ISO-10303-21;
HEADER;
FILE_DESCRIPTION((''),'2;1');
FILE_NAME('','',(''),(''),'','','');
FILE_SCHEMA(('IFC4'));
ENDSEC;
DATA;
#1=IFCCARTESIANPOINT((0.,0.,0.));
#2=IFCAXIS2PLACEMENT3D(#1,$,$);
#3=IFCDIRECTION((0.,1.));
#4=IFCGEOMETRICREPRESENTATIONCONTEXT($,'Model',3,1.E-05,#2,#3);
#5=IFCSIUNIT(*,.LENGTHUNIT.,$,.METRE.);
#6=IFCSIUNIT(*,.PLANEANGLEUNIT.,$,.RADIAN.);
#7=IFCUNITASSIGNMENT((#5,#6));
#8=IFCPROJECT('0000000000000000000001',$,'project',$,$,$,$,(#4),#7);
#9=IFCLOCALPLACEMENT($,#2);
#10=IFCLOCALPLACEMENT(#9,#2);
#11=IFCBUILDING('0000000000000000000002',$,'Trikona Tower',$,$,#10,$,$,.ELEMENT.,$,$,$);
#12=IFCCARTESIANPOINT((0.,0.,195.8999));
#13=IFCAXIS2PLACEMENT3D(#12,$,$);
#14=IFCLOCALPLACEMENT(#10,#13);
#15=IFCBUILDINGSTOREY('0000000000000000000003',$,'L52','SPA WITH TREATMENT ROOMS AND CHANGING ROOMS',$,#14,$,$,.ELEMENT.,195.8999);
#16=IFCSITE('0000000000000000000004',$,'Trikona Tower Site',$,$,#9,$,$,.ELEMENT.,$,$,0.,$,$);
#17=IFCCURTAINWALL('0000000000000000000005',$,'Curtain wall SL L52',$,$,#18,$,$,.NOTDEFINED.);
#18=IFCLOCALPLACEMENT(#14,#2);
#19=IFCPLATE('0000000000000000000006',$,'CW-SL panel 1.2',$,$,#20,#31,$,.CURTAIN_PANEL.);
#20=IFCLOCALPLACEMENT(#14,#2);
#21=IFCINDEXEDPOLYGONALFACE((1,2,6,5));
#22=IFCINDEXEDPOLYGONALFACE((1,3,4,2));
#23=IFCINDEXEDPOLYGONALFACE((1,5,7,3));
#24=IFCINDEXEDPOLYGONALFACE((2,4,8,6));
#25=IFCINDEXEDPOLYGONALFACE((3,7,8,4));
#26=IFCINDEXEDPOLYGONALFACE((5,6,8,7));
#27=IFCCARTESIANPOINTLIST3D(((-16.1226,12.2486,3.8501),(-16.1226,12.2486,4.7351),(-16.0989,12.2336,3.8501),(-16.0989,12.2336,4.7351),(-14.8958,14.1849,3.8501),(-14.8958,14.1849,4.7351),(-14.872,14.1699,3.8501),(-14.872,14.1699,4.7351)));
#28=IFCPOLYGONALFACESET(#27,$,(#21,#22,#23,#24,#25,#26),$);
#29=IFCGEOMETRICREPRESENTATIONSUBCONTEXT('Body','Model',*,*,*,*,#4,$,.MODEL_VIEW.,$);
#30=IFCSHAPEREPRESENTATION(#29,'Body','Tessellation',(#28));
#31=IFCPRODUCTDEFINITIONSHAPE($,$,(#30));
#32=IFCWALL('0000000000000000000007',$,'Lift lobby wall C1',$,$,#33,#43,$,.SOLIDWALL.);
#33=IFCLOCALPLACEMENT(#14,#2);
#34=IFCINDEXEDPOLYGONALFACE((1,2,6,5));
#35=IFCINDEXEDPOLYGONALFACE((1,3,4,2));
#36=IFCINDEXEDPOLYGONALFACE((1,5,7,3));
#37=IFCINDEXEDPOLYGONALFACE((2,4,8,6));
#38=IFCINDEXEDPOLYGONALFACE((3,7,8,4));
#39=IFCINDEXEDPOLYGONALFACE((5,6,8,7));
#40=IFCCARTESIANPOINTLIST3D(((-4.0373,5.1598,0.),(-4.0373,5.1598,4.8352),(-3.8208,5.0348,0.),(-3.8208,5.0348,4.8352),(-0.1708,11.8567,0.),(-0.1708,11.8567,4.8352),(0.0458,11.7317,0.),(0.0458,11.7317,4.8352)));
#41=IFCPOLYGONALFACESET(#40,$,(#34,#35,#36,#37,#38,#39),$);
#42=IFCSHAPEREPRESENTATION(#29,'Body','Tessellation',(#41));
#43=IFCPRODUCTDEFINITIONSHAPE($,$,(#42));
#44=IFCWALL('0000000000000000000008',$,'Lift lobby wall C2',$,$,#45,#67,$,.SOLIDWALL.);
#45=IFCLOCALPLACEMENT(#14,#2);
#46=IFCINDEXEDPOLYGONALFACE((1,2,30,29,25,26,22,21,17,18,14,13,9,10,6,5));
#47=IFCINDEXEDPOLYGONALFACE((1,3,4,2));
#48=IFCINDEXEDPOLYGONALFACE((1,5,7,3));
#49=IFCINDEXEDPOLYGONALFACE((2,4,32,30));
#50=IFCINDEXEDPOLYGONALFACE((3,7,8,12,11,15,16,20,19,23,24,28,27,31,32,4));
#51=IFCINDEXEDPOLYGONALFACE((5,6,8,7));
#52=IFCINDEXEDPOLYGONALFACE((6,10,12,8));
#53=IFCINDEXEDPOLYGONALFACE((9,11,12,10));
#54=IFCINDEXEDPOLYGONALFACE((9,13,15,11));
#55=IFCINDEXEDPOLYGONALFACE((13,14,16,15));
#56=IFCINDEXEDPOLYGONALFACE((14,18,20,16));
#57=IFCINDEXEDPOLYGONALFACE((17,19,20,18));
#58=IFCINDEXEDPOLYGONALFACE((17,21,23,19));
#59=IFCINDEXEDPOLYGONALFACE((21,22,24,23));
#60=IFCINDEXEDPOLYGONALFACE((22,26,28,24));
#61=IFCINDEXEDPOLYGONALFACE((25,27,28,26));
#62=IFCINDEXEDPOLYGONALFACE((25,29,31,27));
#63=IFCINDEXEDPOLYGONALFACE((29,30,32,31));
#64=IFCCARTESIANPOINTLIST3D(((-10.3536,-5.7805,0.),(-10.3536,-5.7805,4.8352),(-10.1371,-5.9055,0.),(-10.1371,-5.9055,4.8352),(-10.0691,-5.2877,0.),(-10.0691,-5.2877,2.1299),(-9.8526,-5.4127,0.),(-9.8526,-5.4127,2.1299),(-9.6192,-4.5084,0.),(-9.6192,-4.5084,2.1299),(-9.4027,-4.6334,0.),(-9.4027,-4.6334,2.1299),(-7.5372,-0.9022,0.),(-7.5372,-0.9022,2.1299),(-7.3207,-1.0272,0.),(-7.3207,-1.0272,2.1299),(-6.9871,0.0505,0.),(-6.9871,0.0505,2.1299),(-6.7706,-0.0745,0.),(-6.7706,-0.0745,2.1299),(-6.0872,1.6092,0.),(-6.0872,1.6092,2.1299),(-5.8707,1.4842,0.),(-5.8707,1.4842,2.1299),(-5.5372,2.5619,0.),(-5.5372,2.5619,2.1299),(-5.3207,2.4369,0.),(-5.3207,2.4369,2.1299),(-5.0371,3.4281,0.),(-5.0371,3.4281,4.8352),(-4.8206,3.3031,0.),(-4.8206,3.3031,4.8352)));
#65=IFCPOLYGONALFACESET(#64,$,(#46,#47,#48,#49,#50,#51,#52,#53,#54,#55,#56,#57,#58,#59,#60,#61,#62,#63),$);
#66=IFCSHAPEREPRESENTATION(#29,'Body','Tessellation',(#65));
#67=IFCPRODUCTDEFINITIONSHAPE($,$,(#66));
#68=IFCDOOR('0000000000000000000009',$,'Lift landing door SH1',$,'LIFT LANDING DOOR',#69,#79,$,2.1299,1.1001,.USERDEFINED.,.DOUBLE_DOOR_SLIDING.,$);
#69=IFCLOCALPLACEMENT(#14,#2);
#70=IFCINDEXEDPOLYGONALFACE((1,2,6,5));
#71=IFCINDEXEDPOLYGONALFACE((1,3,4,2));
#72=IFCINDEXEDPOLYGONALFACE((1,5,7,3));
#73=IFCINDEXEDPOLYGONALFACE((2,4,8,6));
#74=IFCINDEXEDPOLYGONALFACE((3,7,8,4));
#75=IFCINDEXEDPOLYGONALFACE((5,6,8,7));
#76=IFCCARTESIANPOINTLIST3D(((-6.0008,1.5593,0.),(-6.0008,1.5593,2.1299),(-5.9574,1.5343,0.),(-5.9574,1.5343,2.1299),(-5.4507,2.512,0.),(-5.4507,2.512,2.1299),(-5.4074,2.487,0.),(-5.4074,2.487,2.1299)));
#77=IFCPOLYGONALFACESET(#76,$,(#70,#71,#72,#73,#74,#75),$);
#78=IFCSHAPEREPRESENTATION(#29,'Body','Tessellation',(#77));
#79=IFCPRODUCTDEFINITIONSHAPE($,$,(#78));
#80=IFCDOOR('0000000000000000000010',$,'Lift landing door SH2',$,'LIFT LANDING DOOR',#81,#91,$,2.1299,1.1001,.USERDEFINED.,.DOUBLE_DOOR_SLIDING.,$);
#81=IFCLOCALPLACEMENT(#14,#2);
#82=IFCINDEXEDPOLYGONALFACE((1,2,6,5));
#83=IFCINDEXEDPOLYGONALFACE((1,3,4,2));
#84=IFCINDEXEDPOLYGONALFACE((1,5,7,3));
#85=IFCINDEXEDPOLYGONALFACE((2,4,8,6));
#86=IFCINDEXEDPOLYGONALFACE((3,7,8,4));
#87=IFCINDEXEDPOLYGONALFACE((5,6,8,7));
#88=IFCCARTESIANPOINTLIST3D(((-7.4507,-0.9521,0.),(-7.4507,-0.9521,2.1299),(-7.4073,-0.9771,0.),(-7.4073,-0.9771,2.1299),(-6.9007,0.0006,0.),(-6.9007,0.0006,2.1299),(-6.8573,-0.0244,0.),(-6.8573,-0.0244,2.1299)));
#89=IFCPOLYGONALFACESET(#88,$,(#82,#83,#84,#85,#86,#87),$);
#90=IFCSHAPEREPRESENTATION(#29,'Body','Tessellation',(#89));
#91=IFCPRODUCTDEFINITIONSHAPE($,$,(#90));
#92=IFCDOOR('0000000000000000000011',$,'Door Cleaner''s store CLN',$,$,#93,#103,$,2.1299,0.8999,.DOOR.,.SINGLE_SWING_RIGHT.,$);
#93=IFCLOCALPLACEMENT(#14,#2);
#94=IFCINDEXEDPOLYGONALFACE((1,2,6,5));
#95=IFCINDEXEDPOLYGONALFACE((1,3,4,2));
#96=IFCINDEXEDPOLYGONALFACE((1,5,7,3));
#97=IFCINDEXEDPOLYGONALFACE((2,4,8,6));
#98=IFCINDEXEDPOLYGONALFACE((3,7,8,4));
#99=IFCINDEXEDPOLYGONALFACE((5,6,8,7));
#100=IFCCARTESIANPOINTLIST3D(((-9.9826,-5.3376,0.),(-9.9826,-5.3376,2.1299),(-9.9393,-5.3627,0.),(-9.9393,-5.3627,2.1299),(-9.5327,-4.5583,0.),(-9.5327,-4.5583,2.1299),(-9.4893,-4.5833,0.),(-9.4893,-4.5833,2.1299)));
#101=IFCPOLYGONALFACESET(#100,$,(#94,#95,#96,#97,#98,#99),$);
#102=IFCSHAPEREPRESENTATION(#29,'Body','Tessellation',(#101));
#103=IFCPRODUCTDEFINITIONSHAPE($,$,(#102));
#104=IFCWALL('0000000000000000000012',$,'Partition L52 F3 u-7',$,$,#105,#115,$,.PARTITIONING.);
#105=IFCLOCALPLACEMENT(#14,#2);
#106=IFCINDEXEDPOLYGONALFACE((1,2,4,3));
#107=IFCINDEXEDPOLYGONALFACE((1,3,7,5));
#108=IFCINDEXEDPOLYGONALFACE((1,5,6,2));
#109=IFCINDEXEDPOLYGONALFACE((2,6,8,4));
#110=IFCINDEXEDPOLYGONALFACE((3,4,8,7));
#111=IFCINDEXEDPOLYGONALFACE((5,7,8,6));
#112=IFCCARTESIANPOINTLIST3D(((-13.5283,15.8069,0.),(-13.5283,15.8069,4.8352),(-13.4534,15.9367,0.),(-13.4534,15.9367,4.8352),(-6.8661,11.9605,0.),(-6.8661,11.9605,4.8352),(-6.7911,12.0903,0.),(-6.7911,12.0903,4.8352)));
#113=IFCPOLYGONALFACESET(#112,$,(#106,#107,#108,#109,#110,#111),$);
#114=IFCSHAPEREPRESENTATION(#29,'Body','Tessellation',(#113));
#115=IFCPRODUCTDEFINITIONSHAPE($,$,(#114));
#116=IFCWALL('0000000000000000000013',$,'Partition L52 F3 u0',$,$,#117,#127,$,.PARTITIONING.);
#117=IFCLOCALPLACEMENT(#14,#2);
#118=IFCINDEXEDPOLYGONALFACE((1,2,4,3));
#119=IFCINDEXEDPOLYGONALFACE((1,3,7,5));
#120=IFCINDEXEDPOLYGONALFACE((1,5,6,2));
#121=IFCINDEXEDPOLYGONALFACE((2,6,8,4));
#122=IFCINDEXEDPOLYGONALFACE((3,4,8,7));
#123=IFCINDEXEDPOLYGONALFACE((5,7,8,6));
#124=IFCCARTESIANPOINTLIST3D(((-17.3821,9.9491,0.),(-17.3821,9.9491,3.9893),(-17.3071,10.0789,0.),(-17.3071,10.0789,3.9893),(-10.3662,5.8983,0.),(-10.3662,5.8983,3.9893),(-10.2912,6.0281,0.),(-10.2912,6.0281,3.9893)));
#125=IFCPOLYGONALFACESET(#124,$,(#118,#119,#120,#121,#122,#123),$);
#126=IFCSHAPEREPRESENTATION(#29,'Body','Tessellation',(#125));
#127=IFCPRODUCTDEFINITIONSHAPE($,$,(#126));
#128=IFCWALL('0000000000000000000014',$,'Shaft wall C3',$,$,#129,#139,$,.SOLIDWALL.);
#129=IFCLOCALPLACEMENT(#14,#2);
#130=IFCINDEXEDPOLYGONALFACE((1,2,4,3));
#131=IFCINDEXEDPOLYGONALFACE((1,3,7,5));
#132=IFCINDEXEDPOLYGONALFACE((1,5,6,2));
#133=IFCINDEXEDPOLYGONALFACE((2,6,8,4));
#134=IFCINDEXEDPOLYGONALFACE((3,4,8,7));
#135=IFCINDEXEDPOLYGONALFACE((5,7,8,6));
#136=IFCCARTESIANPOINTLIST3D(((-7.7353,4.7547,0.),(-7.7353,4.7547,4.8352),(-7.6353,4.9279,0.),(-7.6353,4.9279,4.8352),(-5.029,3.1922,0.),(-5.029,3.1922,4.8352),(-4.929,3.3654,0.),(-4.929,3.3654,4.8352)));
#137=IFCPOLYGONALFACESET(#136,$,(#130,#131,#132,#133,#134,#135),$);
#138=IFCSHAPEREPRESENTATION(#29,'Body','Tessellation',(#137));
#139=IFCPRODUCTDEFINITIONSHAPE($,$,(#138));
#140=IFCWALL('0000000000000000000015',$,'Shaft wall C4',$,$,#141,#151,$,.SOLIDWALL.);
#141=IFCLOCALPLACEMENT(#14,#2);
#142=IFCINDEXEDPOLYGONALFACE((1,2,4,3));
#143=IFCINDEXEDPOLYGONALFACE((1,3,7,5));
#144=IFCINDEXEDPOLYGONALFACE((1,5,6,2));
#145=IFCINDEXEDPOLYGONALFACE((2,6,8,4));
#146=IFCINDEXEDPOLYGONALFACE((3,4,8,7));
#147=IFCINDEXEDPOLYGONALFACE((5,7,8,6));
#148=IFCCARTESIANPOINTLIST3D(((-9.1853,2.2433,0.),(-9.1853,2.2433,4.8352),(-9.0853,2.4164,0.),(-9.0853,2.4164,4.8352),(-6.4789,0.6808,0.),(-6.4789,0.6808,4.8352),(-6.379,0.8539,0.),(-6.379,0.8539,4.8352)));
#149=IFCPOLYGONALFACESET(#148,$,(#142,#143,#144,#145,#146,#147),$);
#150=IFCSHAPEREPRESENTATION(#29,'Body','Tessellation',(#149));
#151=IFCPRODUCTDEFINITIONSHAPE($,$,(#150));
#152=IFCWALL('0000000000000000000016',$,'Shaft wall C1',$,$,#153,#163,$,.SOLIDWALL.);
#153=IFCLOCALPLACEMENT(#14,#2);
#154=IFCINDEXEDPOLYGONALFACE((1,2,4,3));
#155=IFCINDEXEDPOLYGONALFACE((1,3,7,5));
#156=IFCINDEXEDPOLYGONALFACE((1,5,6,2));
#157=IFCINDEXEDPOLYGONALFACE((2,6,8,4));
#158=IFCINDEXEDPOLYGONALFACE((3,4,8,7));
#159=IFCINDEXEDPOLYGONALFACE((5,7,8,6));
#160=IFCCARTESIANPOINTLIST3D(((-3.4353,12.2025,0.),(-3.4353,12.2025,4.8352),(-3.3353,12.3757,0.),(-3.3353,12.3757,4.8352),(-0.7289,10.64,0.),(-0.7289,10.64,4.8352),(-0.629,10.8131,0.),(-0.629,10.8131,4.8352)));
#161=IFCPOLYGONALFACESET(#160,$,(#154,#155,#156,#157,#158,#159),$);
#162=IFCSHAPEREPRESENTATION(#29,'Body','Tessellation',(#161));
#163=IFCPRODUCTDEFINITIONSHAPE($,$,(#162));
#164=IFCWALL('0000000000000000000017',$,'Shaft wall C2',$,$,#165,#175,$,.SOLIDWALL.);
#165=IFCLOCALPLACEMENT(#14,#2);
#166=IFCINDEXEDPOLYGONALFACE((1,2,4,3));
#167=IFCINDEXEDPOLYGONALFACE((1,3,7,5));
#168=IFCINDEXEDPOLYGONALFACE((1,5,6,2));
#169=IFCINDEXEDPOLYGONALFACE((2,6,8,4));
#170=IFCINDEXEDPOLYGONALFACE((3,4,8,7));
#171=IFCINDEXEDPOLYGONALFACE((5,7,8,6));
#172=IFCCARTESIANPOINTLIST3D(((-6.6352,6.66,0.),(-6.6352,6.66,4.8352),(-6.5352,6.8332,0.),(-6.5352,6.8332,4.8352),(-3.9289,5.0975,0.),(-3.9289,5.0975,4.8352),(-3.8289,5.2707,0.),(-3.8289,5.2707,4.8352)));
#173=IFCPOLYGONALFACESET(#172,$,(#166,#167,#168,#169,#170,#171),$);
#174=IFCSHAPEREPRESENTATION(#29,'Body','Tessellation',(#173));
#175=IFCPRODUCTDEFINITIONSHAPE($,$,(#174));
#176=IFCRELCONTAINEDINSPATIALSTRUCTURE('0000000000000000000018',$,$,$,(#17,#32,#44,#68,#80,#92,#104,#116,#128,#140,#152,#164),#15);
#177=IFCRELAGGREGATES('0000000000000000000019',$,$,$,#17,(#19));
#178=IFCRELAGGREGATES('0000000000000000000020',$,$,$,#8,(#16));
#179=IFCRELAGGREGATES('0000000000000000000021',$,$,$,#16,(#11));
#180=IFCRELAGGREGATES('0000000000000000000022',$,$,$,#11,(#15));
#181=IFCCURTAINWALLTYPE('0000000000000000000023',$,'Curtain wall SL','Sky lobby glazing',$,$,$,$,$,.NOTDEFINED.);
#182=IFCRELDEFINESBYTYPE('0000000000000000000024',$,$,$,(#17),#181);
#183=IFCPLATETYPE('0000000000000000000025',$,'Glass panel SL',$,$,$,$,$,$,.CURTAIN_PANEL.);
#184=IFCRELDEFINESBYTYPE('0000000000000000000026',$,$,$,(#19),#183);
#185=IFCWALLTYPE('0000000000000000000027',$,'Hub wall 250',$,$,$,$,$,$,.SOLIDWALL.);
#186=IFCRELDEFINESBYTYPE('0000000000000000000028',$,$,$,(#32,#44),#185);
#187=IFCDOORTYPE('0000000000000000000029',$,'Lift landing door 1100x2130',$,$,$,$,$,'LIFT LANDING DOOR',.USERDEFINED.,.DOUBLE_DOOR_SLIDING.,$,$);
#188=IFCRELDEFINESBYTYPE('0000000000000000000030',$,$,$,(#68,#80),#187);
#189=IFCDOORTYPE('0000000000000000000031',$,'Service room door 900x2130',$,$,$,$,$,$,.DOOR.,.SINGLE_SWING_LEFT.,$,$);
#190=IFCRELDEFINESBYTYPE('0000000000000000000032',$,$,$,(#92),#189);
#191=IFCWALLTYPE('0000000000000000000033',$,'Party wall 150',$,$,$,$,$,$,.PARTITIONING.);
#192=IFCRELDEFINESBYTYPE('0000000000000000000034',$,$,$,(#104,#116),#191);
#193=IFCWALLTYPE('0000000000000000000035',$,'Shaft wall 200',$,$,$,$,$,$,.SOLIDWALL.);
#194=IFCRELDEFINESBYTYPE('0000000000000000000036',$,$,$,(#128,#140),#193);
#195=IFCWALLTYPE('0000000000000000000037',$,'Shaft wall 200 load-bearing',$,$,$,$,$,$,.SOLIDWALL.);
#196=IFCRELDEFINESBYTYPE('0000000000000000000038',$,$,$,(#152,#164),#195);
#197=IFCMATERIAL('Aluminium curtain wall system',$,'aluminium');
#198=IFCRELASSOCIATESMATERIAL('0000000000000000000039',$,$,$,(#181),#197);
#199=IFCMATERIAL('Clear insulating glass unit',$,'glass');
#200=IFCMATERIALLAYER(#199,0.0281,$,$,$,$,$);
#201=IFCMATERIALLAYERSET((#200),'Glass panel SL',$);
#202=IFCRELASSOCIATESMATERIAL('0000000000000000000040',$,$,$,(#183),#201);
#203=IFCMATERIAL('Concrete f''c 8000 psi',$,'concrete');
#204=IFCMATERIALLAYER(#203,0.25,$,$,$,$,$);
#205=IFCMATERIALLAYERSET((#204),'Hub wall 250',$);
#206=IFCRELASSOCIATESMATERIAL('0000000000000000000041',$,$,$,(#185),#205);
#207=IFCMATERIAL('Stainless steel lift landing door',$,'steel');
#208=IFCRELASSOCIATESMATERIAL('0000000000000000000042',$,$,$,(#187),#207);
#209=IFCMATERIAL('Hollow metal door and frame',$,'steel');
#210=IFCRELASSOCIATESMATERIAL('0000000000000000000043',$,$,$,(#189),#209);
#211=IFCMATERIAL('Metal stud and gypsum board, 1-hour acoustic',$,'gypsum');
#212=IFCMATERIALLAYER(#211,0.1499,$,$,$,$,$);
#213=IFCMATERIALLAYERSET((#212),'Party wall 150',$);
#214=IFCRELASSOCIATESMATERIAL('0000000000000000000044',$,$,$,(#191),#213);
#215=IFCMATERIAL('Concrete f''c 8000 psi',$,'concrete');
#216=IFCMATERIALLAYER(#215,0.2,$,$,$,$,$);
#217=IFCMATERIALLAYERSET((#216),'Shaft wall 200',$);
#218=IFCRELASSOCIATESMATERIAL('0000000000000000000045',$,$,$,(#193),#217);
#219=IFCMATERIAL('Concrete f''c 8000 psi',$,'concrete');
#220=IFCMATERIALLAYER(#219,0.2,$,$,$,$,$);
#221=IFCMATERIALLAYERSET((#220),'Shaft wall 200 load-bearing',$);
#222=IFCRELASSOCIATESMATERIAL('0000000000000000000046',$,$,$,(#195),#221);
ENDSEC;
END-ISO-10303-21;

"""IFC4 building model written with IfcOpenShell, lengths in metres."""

from ifc_helpers import new_model, si_unit, direction, frame, frame_2d, origin, origin_2d, place, context, subcontext, project, spatial, rectangle, extrude, material, layer, layer_set, type_object, element, fill, aggregate, save


model = new_model("IFC4")

# Units and contexts
model_context = context("Model", 3, precision=1e-05, world=origin(), true_north=direction((0.0, 1.0)))
body_context = subcontext(model_context, "Body", "Model", "MODEL_VIEW")
ifc_project = project(units=[si_unit("LENGTHUNIT", "METRE"), si_unit("PLANEANGLEUNIT", "RADIAN")], contexts=[model_context])

# Site, building, storey
site_placement = place(None, origin())
site = spatial("IfcSite", under=ifc_project, at=site_placement, Name="Trikona Tower Site", CompositionType="ELEMENT", RefElevation=0.0)
building_placement = place(site_placement, origin())
building = spatial("IfcBuilding", under=site, at=building_placement, Name="Trikona Tower", CompositionType="ELEMENT")
storey_placement = place(building_placement, frame((0.0, 0.0, 195.8999)))
storey = spatial("IfcBuildingStorey", under=building, at=storey_placement, Name="L52", Description="SPA WITH TREATMENT ROOMS AND CHANGING ROOMS", CompositionType="ELEMENT", Elevation=195.8999)

# Curtain wall
ifc_material_1 = material(Name="Aluminium curtain wall system", Category="aluminium")
curtain_wall_type = type_object("IfcCurtainWallType", Name="Curtain wall SL", Description="Sky lobby glazing", PredefinedType="NOTDEFINED", material=ifc_material_1)
curtain_wall_placement = place(storey_placement, origin())
curtain_wall = element("IfcCurtainWall", 1, at=curtain_wall_placement, inside=storey, type_object=curtain_wall_type, Name="Curtain wall SL L52", PredefinedType="NOTDEFINED")

# Plate
ifc_material_2 = material(Name="Clear insulating glass unit", Category="glass")
ifc_layer_1 = layer(ifc_material_2, 0.0281)
ifc_layer_set_1 = layer_set([ifc_layer_1], Name="Glass panel SL")
plate_type = type_object("IfcPlateType", Name="Glass panel SL", PredefinedType="CURTAIN_PANEL", material=ifc_layer_set_1)
plate_1_placement = place(storey_placement, frame((-15.4973, 13.2092, 3.8501), z_axis=(0.0, 0.0, 1.0), x_axis=(-0.535212, -0.844718, 0.0)))
plate_1 = element("IfcPlate", 2, at=plate_1_placement, type_object=plate_type, Name="CW-SL panel 1.2", PredefinedType="CURTAIN_PANEL", context=body_context, shape_type="SweptSolid", body=[
    extrude(rectangle(XDim=2.2922, YDim=0.0281, at=origin_2d()), origin(), (0.0, 0.0, 1.0), 0.885),
])
aggregate(curtain_wall, [plate_1])

# Wall
ifc_material_3 = material(Name="Concrete f'c 8000 psi", Category="concrete")
ifc_layer_2 = layer(ifc_material_3, 0.25)
ifc_layer_set_2 = layer_set([ifc_layer_2], Name="Hub wall 250")
wall_type_1 = type_object("IfcWallType", Name="Hub wall 250", PredefinedType="SOLIDWALL", material=ifc_layer_set_2)
wall_1_placement = place(storey_placement, frame((-0.0625, 11.7942, 0.0), z_axis=(0.0, 0.0, 1.0), x_axis=(-0.500007, -0.866022, 0.0)))
element("IfcWall", 3, at=wall_1_placement, inside=storey, type_object=wall_type_1, Name="Lift lobby wall C1", PredefinedType="SOLIDWALL", context=body_context, shape_type="SweptSolid", body=[
    extrude(rectangle(XDim=7.7329, YDim=0.25, at=frame_2d((3.8665, 0.0))), origin(), (0.0, 0.0, 1.0), 4.8352),
])

# Wall, openings, doors
wall_2_placement = place(storey_placement, frame((-4.929, 3.3655, 0.0), z_axis=(0.0, 0.0, 1.0), x_axis=(-0.499991, -0.86603, 0.0)))
wall_2 = element("IfcWall", 4, at=wall_2_placement, inside=storey, type_object=wall_type_1, Name="Lift lobby wall C2", PredefinedType="SOLIDWALL", context=body_context, shape_type="SweptSolid", body=[
    extrude(rectangle(XDim=10.6331, YDim=0.25, at=frame_2d((5.3164, 0.0))), origin(), (0.0, 0.0, 1.0), 4.8352),
])
opening_1_placement = place(wall_2_placement, frame((9.1641, 0.0, 0.0)))
opening_1 = element("IfcOpeningElement", 5, at=opening_1_placement, cuts=wall_2, PredefinedType="OPENING", context=body_context, shape_type="SweptSolid", body=[
    extrude(rectangle(XDim=0.8999, YDim=2.1299, at=frame_2d((0.45, 1.0649))), frame((0.0, 0.135, 0.0), z_axis=(0.0, -1.0, 0.0), x_axis=(1.0, 0.0, 0.0)), (0.0, 0.0, 1.0), 0.27),
])
opening_2_placement = place(wall_2_placement, frame((1.0, 0.0, 0.0)))
opening_2 = element("IfcOpeningElement", 6, at=opening_2_placement, cuts=wall_2, PredefinedType="OPENING", context=body_context, shape_type="SweptSolid", body=[
    extrude(rectangle(XDim=1.1001, YDim=2.1299, at=frame_2d((0.55, 1.0649))), frame((0.0, 0.135, 0.0), z_axis=(0.0, -1.0, 0.0), x_axis=(1.0, 0.0, 0.0)), (0.0, 0.0, 1.0), 0.27),
])
opening_3_placement = place(wall_2_placement, frame((3.8999, 0.0, 0.0)))
opening_3 = element("IfcOpeningElement", 7, at=opening_3_placement, cuts=wall_2, PredefinedType="OPENING", context=body_context, shape_type="SweptSolid", body=[
    extrude(rectangle(XDim=1.1001, YDim=2.1299, at=frame_2d((0.55, 1.0649))), frame((0.0, 0.135, 0.0), z_axis=(0.0, -1.0, 0.0), x_axis=(1.0, 0.0, 0.0)), (0.0, 0.0, 1.0), 0.27),
])
ifc_material_4 = material(Name="Stainless steel lift landing door", Category="steel")
door_type_1 = type_object("IfcDoorType", Name="Lift landing door 1100x2130", ElementType="LIFT LANDING DOOR", OperationType="DOUBLE_DOOR_SLIDING", PredefinedType="USERDEFINED", material=ifc_material_4)
door_1_placement = place(opening_2_placement, origin())
door_1 = element("IfcDoor", 8, at=door_1_placement, inside=storey, type_object=door_type_1, Name="Lift landing door SH1", ObjectType="LIFT LANDING DOOR", OperationType="DOUBLE_DOOR_SLIDING", OverallHeight=2.1299, OverallWidth=1.1001, PredefinedType="USERDEFINED", context=body_context, shape_type="SweptSolid", body=[
    extrude(rectangle(XDim=1.1001, YDim=2.1299, at=frame_2d((0.55, 1.0649))), frame((0.0, 0.0249, 0.0), z_axis=(0.0, -1.0, 0.0), x_axis=(1.0, 0.0, 0.0)), (0.0, 0.0, 1.0), 0.05),
])
fill(opening_2, door_1)
door_2_placement = place(opening_3_placement, origin())
door_2 = element("IfcDoor", 9, at=door_2_placement, inside=storey, type_object=door_type_1, Name="Lift landing door SH2", ObjectType="LIFT LANDING DOOR", OperationType="DOUBLE_DOOR_SLIDING", OverallHeight=2.1299, OverallWidth=1.1001, PredefinedType="USERDEFINED", context=body_context, shape_type="SweptSolid", body=[
    extrude(rectangle(XDim=1.1001, YDim=2.1299, at=frame_2d((0.55, 1.0649))), frame((0.0, 0.0249, 0.0), z_axis=(0.0, -1.0, 0.0), x_axis=(1.0, 0.0, 0.0)), (0.0, 0.0, 1.0), 0.05),
])
fill(opening_3, door_2)
ifc_material_5 = material(Name="Hollow metal door and frame", Category="steel")
door_type_2 = type_object("IfcDoorType", Name="Service room door 900x2130", OperationType="SINGLE_SWING_LEFT", PredefinedType="DOOR", material=ifc_material_5)
door_3_placement = place(opening_1_placement, origin())
door_3 = element("IfcDoor", 10, at=door_3_placement, inside=storey, type_object=door_type_2, Name="Door Cleaner's store CLN", OperationType="SINGLE_SWING_RIGHT", OverallHeight=2.1299, OverallWidth=0.8999, PredefinedType="DOOR", context=body_context, shape_type="SweptSolid", body=[
    extrude(rectangle(XDim=0.8999, YDim=2.1299, at=frame_2d((0.45, 1.0649))), frame((0.0, 0.0249, 0.0), z_axis=(0.0, -1.0, 0.0), x_axis=(1.0, 0.0, 0.0)), (0.0, 0.0, 1.0), 0.05),
])
fill(opening_1, door_3)

# Walls
ifc_material_6 = material(Name="Metal stud and gypsum board, 1-hour acoustic", Category="gypsum")
ifc_layer_3 = layer(ifc_material_6, 0.1499)
ifc_layer_set_3 = layer_set([ifc_layer_3], Name="Party wall 150")
wall_type_2 = type_object("IfcWallType", Name="Party wall 150", PredefinedType="PARTITIONING", material=ifc_layer_set_3)
wall_3_placement = place(storey_placement, frame((-6.8286, 12.0254, 0.0), z_axis=(0.0, 0.0, 1.0), x_axis=(-0.86603, 0.499993, 0.0)))
element("IfcWall", 11, at=wall_3_placement, inside=storey, type_object=wall_type_2, Name="Partition L52 F3 u-7", PredefinedType="PARTITIONING", context=body_context, shape_type="SweptSolid", body=[
    extrude(rectangle(XDim=7.6929, YDim=0.1499, at=frame_2d((3.8464, 0.0))), origin(), (0.0, 0.0, 1.0), 4.8352),
])
wall_4_placement = place(storey_placement, frame((-10.3286, 5.9631, 0.0), z_axis=(0.0, 0.0, 1.0), x_axis=(-0.866016, 0.500015, 0.0)))
element("IfcWall", 12, at=wall_4_placement, inside=storey, type_object=wall_type_2, Name="Partition L52 F3 u0", PredefinedType="PARTITIONING", context=body_context, shape_type="SweptSolid", body=[
    extrude(rectangle(XDim=8.1013, YDim=0.1499, at=frame_2d((4.0508, 0.0))), origin(), (0.0, 0.0, 1.0), 3.9893),
])
ifc_material_7 = material(Name="Concrete f'c 8000 psi", Category="concrete")
ifc_layer_4 = layer(ifc_material_7, 0.2)
ifc_layer_set_4 = layer_set([ifc_layer_4], Name="Shaft wall 200")
wall_type_3 = type_object("IfcWallType", Name="Shaft wall 200", PredefinedType="SOLIDWALL", material=ifc_layer_set_4)
for number, where, z_axis, x_axis, name in (
    (13, (-4.979, 3.2788, 0.0), (0.0, 0.0, 1.0), (-0.866023, 0.500004, 0.0), "Shaft wall C3"),
    (14, (-6.429, 0.7673, 0.0), (0.0, 0.0, 1.0), (-0.866023, 0.500004, 0.0), "Shaft wall C4"),
):
    element("IfcWall", number, at=place(storey_placement, frame(where, z_axis=z_axis, x_axis=x_axis)), inside=storey, type_object=wall_type_3, Name=name, PredefinedType="SOLIDWALL", context=body_context, shape_type="SweptSolid", body=[
        extrude(rectangle(XDim=3.125, YDim=0.2, at=frame_2d((1.5625, 0.0))), origin(), (0.0, 0.0, 1.0), 4.8352),
    ])
ifc_material_8 = material(Name="Concrete f'c 8000 psi", Category="concrete")
ifc_layer_5 = layer(ifc_material_8, 0.2)
ifc_layer_set_5 = layer_set([ifc_layer_5], Name="Shaft wall 200 load-bearing")
wall_type_4 = type_object("IfcWallType", Name="Shaft wall 200 load-bearing", PredefinedType="SOLIDWALL", material=ifc_layer_set_5)
for number, where, z_axis, x_axis, name in (
    (15, (-0.679, 10.7266, 0.0), (0.0, 0.0, 1.0), (-0.866023, 0.500004, 0.0), "Shaft wall C1"),
    (16, (-3.8789, 5.1841, 0.0), (0.0, 0.0, 1.0), (-0.866023, 0.500004, 0.0), "Shaft wall C2"),
):
    element("IfcWall", number, at=place(storey_placement, frame(where, z_axis=z_axis, x_axis=x_axis)), inside=storey, type_object=wall_type_4, Name=name, PredefinedType="SOLIDWALL", context=body_context, shape_type="SweptSolid", body=[
        extrude(rectangle(XDim=3.125, YDim=0.2, at=frame_2d((1.5625, 0.0))), origin(), (0.0, 0.0, 1.0), 4.8352),
    ])

save(model, "model.ifc")
